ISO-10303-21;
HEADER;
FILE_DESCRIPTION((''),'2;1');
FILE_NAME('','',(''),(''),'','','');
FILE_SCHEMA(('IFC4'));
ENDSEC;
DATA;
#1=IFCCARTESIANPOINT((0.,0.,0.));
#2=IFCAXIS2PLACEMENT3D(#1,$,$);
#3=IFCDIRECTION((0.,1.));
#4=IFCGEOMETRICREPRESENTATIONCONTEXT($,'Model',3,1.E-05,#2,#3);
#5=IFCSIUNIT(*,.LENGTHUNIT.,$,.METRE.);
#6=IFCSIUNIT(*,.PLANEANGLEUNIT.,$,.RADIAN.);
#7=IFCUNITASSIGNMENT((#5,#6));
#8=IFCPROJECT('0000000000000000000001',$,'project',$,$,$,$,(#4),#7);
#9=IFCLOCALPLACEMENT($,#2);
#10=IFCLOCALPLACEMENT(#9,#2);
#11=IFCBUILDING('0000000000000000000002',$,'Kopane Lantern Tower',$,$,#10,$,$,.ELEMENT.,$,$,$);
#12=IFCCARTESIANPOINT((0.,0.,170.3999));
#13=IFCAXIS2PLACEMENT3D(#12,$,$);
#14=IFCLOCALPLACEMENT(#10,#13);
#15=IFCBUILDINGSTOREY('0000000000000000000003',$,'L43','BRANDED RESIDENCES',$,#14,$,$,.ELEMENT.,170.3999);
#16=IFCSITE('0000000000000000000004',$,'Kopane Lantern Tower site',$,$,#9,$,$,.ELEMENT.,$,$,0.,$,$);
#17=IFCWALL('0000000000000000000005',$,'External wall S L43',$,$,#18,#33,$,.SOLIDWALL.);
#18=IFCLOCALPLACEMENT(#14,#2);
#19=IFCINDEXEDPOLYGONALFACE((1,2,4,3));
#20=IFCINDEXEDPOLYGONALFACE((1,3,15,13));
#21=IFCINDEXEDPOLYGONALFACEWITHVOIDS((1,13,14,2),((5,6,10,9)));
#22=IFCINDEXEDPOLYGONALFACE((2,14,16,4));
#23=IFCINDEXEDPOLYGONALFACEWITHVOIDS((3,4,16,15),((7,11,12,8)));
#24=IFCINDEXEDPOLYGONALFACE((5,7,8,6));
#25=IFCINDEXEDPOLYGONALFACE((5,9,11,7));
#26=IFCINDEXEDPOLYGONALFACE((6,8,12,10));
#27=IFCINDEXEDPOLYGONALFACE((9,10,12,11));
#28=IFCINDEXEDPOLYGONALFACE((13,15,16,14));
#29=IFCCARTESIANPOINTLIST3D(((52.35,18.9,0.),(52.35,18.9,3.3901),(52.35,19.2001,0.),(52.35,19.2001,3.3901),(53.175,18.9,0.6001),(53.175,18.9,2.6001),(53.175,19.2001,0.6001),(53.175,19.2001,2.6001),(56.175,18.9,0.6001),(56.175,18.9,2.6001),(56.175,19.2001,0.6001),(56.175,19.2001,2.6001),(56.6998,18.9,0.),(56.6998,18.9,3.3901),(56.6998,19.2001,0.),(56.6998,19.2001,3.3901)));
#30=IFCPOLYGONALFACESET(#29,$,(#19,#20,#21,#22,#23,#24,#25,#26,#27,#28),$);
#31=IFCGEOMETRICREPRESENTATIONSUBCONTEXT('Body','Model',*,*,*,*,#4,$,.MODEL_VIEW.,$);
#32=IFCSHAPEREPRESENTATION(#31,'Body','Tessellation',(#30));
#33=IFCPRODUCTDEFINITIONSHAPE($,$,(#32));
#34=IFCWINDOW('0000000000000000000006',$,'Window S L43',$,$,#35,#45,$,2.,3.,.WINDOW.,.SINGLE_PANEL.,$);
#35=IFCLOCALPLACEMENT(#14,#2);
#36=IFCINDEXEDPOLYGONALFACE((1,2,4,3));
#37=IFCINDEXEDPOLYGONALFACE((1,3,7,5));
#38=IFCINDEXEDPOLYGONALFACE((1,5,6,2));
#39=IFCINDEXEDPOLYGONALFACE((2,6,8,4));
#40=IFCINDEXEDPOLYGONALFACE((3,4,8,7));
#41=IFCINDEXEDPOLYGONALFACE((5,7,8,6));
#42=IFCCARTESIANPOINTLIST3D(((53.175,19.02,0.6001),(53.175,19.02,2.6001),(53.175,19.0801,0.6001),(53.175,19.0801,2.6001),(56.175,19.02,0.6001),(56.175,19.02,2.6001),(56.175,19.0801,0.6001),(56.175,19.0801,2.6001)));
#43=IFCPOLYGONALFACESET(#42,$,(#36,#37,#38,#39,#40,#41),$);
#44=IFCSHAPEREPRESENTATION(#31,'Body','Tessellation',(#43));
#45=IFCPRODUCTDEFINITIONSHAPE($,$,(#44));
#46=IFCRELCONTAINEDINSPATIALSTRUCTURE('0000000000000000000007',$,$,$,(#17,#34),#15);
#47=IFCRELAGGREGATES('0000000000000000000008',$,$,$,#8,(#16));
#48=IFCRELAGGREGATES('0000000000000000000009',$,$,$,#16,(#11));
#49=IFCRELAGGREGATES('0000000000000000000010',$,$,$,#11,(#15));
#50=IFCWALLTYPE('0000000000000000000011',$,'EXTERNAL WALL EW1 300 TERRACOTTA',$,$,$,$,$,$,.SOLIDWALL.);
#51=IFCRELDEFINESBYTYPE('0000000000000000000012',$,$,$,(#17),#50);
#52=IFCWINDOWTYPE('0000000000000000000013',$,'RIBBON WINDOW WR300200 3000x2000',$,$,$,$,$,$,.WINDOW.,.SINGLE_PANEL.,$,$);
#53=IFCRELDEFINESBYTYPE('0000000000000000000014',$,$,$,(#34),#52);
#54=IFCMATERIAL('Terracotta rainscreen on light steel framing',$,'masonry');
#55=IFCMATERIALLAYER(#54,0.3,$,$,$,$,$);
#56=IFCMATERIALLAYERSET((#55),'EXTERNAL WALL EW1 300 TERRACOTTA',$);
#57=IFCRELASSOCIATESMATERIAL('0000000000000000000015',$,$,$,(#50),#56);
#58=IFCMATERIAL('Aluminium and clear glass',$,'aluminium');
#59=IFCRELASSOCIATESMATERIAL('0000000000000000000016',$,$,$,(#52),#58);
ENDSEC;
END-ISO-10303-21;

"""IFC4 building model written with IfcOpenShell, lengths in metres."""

from ifc_helpers import new_model, si_unit, direction, frame, frame_2d, origin, place, context, subcontext, project, spatial, rectangle, extrude, material, layer, layer_set, type_object, element, fill, save


model = new_model("IFC4")

# Units and contexts
model_context = context("Model", 3, precision=1e-05, world=origin(), true_north=direction((0.0, 1.0)))
body_context = subcontext(model_context, "Body", "Model", "MODEL_VIEW")
ifc_project = project(units=[si_unit("LENGTHUNIT", "METRE"), si_unit("PLANEANGLEUNIT", "RADIAN")], contexts=[model_context])

# Site, building, storey
site_placement = place(None, origin())
site = spatial("IfcSite", under=ifc_project, at=site_placement, Name="Kopane Lantern Tower site", CompositionType="ELEMENT", RefElevation=0.0)
building_placement = place(site_placement, origin())
building = spatial("IfcBuilding", under=site, at=building_placement, Name="Kopane Lantern Tower", CompositionType="ELEMENT")
storey_placement = place(building_placement, frame((0.0, 0.0, 170.3999)))
storey = spatial("IfcBuildingStorey", under=building, at=storey_placement, Name="L43", Description="BRANDED RESIDENCES", CompositionType="ELEMENT", Elevation=170.3999)

# Wall, opening, window
ifc_material_1 = material(Name="Terracotta rainscreen on light steel framing", Category="masonry")
ifc_layer_1 = layer(ifc_material_1, 0.3)
ifc_layer_set_1 = layer_set([ifc_layer_1], Name="EXTERNAL WALL EW1 300 TERRACOTTA")
wall_type_1 = type_object("IfcWallType", Name="EXTERNAL WALL EW1 300 TERRACOTTA", PredefinedType="SOLIDWALL", material=ifc_layer_set_1)
wall_1_placement = place(storey_placement, frame((52.3501, 19.05, 0.0), z_axis=(0.0, 0.0, 1.0), x_axis=(1.0, 0.0, 0.0)))
wall_1 = element("IfcWall", 1, at=wall_1_placement, inside=storey, type_object=wall_type_1, Name="External wall S L43", PredefinedType="SOLIDWALL", context=body_context, shape_type="SweptSolid", body=[
    extrude(rectangle(XDim=4.3499, YDim=0.3, at=frame_2d((2.1748, 0.0))), origin(), (0.0, 0.0, 1.0), 3.3901),
])
opening_1_placement = place(wall_1_placement, frame((0.825, 0.0, 0.6001)))
opening_1 = element("IfcOpeningElement", 2, at=opening_1_placement, cuts=wall_1, PredefinedType="OPENING", context=body_context, shape_type="SweptSolid", body=[
    extrude(rectangle(XDim=3.0, YDim=2.0, at=frame_2d((1.5, 1.0))), frame((0.0, 0.1599, 0.0), z_axis=(0.0, -1.0, 0.0), x_axis=(1.0, 0.0, 0.0)), (0.0, 0.0, 1.0), 0.3201),
])
ifc_material_2 = material(Name="Aluminium and clear glass", Category="aluminium")
window_type_1 = type_object("IfcWindowType", Name="RIBBON WINDOW WR300200 3000x2000", PartitioningType="SINGLE_PANEL", PredefinedType="WINDOW", material=ifc_material_2)
window_1_placement = place(opening_1_placement, origin())
window_1 = element("IfcWindow", 3, at=window_1_placement, inside=storey, type_object=window_type_1, Name="Window S L43", OverallHeight=2.0, OverallWidth=3.0, PartitioningType="SINGLE_PANEL", PredefinedType="WINDOW", context=body_context, shape_type="SweptSolid", body=[
    extrude(rectangle(XDim=3.0, YDim=2.0, at=frame_2d((1.5, 1.0))), frame((0.0, 0.03, 0.0), z_axis=(0.0, -1.0, 0.0), x_axis=(1.0, 0.0, 0.0)), (0.0, 0.0, 1.0), 0.0601),
])
fill(opening_1, window_1)

save(model, "model.ifc")
